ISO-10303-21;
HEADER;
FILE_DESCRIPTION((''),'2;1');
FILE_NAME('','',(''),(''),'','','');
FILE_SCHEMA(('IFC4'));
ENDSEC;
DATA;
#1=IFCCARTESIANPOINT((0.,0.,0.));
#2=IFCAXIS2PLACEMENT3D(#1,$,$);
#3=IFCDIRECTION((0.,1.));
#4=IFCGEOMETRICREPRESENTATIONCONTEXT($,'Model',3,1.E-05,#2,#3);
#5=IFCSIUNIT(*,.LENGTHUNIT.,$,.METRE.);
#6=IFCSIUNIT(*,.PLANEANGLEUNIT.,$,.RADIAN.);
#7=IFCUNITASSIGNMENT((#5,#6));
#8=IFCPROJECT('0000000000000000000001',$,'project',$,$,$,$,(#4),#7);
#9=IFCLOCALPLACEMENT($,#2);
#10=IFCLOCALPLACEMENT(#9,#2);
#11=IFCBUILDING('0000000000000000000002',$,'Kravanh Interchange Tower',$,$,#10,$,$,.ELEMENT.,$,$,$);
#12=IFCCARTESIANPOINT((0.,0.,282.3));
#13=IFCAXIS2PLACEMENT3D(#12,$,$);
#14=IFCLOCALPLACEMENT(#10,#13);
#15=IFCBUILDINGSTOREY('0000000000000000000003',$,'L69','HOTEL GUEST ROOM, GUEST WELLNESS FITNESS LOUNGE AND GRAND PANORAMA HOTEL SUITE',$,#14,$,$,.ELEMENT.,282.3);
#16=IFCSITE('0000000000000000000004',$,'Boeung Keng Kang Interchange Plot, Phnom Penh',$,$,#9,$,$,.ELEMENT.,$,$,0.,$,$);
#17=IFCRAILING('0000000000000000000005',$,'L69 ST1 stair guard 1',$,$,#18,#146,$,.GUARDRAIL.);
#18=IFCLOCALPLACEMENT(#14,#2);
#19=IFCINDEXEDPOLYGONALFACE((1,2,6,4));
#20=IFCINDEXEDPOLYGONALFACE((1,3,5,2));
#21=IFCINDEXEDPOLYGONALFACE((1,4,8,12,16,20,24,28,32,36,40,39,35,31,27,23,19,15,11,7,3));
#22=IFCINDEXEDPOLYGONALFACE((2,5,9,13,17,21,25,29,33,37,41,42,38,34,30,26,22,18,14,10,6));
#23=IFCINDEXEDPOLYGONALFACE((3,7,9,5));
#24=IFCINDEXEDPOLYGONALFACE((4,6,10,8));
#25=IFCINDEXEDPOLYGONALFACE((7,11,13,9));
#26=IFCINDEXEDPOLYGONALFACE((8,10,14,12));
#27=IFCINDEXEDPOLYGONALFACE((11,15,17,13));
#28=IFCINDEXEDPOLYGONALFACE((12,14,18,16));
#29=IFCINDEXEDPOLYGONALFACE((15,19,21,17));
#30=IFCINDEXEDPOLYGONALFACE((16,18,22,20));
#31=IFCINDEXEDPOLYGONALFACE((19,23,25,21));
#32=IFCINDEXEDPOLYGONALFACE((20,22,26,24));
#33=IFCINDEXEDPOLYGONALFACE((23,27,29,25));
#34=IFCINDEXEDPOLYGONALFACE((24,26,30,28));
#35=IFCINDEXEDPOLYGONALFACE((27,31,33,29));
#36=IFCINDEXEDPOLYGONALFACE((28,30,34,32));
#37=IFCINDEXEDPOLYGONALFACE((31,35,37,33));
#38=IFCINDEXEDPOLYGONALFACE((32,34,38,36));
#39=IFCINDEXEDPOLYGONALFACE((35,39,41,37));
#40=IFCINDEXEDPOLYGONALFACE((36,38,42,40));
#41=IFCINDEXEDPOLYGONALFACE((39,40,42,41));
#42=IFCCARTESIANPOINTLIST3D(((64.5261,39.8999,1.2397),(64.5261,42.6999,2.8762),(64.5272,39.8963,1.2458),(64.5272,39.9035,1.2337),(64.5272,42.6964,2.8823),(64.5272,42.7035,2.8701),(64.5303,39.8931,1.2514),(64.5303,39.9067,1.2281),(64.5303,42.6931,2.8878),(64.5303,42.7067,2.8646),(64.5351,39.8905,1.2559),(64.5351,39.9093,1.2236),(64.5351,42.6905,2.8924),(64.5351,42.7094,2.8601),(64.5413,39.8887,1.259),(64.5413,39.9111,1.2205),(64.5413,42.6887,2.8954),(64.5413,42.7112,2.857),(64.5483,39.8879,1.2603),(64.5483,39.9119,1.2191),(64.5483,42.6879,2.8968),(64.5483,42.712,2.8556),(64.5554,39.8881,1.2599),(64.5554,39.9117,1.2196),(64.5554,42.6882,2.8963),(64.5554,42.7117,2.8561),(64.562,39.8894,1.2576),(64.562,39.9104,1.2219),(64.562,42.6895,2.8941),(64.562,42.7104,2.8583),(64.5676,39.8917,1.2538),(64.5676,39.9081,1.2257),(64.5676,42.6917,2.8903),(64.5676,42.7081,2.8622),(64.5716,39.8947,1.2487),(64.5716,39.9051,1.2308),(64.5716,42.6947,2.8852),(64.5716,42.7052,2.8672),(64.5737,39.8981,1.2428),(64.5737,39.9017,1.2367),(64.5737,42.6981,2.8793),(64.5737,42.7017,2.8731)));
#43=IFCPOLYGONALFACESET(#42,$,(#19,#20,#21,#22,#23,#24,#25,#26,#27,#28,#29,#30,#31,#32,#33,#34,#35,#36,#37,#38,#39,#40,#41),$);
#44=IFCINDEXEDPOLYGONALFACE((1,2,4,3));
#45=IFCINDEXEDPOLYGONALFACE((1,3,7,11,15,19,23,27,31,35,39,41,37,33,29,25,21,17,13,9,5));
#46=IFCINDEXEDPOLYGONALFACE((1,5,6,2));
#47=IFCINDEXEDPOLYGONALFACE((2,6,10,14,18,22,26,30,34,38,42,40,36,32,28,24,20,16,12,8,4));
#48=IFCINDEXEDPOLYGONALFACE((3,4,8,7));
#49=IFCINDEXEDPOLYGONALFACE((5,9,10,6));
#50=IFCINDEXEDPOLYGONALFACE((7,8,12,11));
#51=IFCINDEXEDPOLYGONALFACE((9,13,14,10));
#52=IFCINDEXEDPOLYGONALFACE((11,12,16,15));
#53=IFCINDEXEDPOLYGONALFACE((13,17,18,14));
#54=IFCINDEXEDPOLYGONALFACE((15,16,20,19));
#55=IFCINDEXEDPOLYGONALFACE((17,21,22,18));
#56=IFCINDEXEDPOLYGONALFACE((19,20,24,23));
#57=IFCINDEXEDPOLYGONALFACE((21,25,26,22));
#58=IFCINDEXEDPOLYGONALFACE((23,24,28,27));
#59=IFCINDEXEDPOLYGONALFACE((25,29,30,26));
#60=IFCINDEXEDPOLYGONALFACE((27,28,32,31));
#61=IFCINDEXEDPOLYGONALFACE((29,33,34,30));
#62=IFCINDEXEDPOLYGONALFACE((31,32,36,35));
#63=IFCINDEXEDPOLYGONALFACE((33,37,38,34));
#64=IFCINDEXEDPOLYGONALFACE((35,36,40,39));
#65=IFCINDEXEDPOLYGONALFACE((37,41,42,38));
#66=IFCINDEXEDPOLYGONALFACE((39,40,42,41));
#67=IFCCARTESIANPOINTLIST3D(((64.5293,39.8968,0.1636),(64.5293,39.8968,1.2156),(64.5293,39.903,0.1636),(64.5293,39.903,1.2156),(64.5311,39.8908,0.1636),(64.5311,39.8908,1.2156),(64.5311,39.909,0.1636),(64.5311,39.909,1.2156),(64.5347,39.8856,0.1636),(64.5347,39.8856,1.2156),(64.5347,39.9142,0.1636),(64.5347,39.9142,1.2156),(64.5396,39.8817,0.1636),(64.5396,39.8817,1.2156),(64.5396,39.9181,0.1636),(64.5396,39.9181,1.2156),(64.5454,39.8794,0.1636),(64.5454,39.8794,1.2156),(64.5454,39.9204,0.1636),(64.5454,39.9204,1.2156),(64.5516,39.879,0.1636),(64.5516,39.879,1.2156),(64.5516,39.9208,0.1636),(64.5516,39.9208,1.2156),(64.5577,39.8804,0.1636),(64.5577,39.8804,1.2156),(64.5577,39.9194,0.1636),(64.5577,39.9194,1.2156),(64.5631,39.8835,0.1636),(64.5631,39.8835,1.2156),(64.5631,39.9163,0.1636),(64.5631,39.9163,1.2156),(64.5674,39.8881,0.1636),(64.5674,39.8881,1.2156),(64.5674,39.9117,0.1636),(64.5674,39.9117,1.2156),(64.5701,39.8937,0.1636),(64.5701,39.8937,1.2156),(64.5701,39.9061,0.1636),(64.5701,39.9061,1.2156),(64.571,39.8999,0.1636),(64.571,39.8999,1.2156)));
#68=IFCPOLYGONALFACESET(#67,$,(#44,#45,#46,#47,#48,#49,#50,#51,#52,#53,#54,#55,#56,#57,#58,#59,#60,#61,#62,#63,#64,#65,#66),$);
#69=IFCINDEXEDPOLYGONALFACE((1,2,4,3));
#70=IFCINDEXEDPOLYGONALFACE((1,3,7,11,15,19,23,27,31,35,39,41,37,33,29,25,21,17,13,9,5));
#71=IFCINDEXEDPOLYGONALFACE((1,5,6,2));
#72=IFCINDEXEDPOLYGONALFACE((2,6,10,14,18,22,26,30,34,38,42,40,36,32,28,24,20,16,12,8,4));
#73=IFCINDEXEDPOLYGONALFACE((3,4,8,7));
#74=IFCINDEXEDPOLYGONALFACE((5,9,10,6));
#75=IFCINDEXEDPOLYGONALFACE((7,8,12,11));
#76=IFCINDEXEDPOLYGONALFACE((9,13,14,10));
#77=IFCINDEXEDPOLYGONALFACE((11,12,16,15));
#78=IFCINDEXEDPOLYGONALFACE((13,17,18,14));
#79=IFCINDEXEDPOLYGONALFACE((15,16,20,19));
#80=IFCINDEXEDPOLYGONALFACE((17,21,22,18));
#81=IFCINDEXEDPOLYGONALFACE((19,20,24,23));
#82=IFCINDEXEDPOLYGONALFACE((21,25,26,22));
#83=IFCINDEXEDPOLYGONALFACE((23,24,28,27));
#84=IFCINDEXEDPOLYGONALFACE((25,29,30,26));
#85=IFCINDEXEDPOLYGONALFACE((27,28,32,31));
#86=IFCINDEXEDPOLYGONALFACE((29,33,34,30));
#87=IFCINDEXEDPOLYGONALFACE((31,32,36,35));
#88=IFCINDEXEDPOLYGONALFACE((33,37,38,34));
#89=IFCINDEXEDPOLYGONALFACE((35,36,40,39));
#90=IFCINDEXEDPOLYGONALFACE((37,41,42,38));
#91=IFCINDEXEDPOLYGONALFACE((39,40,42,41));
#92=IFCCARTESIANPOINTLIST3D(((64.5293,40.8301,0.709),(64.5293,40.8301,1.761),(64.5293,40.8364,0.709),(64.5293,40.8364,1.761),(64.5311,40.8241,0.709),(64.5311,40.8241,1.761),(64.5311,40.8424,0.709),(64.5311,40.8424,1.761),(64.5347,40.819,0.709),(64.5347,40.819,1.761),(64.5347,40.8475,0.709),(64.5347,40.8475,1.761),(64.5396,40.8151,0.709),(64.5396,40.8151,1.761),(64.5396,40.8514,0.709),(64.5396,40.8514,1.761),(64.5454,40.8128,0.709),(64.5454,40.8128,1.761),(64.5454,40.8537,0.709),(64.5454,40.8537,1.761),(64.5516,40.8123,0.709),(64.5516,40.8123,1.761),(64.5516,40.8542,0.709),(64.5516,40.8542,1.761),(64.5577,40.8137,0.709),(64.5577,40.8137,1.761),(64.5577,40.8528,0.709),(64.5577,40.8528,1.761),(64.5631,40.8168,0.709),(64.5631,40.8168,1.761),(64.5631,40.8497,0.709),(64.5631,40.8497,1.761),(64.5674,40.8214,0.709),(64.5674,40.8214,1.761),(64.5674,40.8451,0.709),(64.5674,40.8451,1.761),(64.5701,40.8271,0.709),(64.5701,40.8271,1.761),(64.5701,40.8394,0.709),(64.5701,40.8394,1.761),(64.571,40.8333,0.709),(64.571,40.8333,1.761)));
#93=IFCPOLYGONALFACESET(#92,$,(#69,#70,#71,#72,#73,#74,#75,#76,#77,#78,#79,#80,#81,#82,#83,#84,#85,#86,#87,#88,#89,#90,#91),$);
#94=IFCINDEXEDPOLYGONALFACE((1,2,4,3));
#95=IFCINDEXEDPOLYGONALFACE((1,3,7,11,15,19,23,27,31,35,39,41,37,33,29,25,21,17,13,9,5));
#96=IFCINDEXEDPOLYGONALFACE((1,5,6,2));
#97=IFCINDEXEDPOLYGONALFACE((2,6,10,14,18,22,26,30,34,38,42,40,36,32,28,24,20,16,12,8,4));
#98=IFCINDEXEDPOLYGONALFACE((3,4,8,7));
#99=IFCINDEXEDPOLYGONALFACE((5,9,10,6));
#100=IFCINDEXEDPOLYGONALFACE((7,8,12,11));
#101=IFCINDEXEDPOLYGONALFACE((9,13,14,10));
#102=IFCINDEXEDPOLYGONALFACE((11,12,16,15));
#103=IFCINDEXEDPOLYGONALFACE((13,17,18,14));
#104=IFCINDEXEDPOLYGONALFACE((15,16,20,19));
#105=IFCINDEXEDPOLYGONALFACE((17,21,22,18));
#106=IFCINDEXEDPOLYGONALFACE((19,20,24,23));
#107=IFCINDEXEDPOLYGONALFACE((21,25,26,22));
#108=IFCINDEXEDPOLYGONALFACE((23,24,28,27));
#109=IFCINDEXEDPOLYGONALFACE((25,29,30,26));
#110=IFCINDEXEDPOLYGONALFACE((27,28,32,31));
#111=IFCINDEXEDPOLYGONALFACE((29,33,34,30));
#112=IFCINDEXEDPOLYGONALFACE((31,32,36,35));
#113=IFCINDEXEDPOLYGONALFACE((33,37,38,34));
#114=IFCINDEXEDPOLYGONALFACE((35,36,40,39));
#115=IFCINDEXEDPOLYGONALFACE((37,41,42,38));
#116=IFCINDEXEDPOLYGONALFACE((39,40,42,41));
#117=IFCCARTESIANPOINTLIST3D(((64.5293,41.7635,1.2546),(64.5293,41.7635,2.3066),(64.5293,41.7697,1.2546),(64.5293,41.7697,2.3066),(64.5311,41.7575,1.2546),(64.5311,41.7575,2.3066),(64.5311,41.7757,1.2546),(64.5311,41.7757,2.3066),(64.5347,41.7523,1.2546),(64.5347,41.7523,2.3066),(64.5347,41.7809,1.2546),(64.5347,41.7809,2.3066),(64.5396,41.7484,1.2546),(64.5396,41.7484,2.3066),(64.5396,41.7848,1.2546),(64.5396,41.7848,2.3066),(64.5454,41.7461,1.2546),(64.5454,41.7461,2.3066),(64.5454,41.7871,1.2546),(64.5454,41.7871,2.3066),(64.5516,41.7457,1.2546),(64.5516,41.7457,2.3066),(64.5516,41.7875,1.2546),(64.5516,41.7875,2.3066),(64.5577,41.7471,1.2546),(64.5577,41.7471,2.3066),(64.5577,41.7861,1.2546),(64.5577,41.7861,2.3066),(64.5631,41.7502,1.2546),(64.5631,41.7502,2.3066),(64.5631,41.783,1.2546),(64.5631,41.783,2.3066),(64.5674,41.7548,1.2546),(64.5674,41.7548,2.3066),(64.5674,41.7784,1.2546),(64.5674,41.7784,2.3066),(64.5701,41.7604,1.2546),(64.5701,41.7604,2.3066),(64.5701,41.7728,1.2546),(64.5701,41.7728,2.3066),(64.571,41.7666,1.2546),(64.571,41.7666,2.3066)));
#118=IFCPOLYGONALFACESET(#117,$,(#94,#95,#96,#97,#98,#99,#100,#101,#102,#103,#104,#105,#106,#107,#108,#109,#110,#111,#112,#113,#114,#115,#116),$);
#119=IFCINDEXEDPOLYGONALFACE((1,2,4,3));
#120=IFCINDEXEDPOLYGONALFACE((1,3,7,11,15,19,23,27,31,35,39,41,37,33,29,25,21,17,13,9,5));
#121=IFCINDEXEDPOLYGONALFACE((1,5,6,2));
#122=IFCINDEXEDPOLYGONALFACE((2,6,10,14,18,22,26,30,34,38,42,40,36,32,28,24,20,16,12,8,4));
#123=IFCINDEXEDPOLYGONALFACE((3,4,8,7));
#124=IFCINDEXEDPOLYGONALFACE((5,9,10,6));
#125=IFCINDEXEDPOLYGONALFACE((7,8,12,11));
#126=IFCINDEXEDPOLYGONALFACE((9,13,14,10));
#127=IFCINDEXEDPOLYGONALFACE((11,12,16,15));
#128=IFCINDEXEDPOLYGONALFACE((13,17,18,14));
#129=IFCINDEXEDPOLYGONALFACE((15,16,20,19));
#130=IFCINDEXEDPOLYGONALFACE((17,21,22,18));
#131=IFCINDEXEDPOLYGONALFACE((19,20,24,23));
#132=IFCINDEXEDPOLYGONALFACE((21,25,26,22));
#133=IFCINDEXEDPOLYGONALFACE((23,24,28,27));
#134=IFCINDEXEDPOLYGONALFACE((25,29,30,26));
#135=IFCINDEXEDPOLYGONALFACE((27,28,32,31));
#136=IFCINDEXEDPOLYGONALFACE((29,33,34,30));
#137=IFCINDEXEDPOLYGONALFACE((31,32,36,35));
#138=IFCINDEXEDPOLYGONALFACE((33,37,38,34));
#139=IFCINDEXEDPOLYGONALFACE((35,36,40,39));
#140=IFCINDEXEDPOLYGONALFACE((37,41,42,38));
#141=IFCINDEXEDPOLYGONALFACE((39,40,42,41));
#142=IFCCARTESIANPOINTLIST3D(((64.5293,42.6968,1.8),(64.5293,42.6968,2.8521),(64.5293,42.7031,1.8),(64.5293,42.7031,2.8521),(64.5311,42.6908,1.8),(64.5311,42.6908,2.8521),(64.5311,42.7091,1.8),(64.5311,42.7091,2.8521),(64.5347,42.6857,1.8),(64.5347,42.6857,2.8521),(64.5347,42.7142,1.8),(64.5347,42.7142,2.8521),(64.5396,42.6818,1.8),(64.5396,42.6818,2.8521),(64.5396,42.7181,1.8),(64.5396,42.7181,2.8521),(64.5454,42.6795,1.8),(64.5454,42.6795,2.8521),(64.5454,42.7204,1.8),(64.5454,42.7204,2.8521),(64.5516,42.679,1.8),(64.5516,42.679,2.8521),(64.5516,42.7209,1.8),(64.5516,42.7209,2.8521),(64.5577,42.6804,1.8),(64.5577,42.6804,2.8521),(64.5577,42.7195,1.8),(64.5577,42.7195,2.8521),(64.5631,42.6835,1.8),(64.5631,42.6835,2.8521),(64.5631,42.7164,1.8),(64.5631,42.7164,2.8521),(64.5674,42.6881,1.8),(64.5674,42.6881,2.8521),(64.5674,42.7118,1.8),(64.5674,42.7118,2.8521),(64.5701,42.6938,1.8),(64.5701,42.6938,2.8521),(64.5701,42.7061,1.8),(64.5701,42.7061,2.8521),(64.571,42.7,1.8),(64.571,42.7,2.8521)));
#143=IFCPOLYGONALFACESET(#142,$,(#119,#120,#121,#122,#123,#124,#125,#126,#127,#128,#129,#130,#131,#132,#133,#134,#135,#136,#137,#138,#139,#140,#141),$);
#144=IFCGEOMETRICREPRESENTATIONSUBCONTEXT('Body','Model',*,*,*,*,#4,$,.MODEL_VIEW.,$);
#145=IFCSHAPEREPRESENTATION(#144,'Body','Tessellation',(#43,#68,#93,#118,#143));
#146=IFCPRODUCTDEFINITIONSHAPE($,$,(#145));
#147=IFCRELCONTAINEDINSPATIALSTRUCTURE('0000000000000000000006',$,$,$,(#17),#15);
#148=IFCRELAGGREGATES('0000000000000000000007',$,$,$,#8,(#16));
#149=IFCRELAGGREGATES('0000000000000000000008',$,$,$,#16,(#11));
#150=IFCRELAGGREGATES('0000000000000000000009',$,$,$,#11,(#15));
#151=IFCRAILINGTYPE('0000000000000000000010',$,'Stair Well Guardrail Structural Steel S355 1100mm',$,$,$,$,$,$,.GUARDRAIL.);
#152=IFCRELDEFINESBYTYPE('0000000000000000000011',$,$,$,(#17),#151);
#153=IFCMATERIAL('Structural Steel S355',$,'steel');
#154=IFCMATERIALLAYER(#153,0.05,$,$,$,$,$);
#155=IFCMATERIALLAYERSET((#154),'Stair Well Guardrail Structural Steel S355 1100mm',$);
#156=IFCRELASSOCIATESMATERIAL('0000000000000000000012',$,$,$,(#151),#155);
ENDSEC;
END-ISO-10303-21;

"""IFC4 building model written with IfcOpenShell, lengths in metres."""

from ifc_helpers import new_model, si_unit, direction, frame, origin, origin_2d, place, context, subcontext, project, spatial, circle, extrude, material, layer, layer_set, type_object, element, save


model = new_model("IFC4")

# Units and contexts
model_context = context("Model", 3, precision=1e-05, world=origin(), true_north=direction((0.0, 1.0)))
body_context = subcontext(model_context, "Body", "Model", "MODEL_VIEW")
ifc_project = project(units=[si_unit("LENGTHUNIT", "METRE"), si_unit("PLANEANGLEUNIT", "RADIAN")], contexts=[model_context])

# Site, building, storey
site_placement = place(None, origin())
site = spatial("IfcSite", under=ifc_project, at=site_placement, Name="Boeung Keng Kang Interchange Plot, Phnom Penh", CompositionType="ELEMENT", RefElevation=0.0)
building_placement = place(site_placement, origin())
building = spatial("IfcBuilding", under=site, at=building_placement, Name="Kravanh Interchange Tower", CompositionType="ELEMENT")
storey_placement = place(building_placement, frame((0.0, 0.0, 282.3)))
storey = spatial("IfcBuildingStorey", under=building, at=storey_placement, Name="L69", Description="HOTEL GUEST ROOM, GUEST WELLNESS FITNESS LOUNGE AND GRAND PANORAMA HOTEL SUITE", CompositionType="ELEMENT", Elevation=282.3)

# Railing
ifc_material_1 = material(Name="Structural Steel S355", Category="steel")
ifc_layer_1 = layer(ifc_material_1, 0.05)
ifc_layer_set_1 = layer_set([ifc_layer_1], Name="Stair Well Guardrail Structural Steel S355 1100mm")
railing_type_1 = type_object("IfcRailingType", Name="Stair Well Guardrail Structural Steel S355 1100mm", PredefinedType="GUARDRAIL", material=ifc_layer_set_1)
railing_1_placement = place(storey_placement, frame((64.55, 39.8999, 0.1636)))
element("IfcRailing", 1, at=railing_1_placement, inside=storey, type_object=railing_type_1, Name="L69 ST1 stair guard 1", PredefinedType="GUARDRAIL", context=body_context, shape_type="SweptSolid", body=[
    extrude(circle(Radius=0.0239, at=origin_2d()), frame((0.0, 0.0, 1.0762), z_axis=(0.0, 0.863361, 0.504587), x_axis=(-1.0, 0.0, 0.0)), (0.0, 0.0, 1.0), 3.2432),
    extrude(circle(Radius=0.021, at=origin_2d()), origin(), (0.0, 0.0, 1.0), 1.052),
    extrude(circle(Radius=0.021, at=origin_2d()), frame((0.0, 0.9333, 0.5454)), (0.0, 0.0, 1.0), 1.052),
    extrude(circle(Radius=0.021, at=origin_2d()), frame((0.0, 1.8667, 1.0911)), (0.0, 0.0, 1.0), 1.052),
    extrude(circle(Radius=0.021, at=origin_2d()), frame((0.0, 2.8, 1.6365)), (0.0, 0.0, 1.0), 1.052),
])

save(model, "model.ifc")
